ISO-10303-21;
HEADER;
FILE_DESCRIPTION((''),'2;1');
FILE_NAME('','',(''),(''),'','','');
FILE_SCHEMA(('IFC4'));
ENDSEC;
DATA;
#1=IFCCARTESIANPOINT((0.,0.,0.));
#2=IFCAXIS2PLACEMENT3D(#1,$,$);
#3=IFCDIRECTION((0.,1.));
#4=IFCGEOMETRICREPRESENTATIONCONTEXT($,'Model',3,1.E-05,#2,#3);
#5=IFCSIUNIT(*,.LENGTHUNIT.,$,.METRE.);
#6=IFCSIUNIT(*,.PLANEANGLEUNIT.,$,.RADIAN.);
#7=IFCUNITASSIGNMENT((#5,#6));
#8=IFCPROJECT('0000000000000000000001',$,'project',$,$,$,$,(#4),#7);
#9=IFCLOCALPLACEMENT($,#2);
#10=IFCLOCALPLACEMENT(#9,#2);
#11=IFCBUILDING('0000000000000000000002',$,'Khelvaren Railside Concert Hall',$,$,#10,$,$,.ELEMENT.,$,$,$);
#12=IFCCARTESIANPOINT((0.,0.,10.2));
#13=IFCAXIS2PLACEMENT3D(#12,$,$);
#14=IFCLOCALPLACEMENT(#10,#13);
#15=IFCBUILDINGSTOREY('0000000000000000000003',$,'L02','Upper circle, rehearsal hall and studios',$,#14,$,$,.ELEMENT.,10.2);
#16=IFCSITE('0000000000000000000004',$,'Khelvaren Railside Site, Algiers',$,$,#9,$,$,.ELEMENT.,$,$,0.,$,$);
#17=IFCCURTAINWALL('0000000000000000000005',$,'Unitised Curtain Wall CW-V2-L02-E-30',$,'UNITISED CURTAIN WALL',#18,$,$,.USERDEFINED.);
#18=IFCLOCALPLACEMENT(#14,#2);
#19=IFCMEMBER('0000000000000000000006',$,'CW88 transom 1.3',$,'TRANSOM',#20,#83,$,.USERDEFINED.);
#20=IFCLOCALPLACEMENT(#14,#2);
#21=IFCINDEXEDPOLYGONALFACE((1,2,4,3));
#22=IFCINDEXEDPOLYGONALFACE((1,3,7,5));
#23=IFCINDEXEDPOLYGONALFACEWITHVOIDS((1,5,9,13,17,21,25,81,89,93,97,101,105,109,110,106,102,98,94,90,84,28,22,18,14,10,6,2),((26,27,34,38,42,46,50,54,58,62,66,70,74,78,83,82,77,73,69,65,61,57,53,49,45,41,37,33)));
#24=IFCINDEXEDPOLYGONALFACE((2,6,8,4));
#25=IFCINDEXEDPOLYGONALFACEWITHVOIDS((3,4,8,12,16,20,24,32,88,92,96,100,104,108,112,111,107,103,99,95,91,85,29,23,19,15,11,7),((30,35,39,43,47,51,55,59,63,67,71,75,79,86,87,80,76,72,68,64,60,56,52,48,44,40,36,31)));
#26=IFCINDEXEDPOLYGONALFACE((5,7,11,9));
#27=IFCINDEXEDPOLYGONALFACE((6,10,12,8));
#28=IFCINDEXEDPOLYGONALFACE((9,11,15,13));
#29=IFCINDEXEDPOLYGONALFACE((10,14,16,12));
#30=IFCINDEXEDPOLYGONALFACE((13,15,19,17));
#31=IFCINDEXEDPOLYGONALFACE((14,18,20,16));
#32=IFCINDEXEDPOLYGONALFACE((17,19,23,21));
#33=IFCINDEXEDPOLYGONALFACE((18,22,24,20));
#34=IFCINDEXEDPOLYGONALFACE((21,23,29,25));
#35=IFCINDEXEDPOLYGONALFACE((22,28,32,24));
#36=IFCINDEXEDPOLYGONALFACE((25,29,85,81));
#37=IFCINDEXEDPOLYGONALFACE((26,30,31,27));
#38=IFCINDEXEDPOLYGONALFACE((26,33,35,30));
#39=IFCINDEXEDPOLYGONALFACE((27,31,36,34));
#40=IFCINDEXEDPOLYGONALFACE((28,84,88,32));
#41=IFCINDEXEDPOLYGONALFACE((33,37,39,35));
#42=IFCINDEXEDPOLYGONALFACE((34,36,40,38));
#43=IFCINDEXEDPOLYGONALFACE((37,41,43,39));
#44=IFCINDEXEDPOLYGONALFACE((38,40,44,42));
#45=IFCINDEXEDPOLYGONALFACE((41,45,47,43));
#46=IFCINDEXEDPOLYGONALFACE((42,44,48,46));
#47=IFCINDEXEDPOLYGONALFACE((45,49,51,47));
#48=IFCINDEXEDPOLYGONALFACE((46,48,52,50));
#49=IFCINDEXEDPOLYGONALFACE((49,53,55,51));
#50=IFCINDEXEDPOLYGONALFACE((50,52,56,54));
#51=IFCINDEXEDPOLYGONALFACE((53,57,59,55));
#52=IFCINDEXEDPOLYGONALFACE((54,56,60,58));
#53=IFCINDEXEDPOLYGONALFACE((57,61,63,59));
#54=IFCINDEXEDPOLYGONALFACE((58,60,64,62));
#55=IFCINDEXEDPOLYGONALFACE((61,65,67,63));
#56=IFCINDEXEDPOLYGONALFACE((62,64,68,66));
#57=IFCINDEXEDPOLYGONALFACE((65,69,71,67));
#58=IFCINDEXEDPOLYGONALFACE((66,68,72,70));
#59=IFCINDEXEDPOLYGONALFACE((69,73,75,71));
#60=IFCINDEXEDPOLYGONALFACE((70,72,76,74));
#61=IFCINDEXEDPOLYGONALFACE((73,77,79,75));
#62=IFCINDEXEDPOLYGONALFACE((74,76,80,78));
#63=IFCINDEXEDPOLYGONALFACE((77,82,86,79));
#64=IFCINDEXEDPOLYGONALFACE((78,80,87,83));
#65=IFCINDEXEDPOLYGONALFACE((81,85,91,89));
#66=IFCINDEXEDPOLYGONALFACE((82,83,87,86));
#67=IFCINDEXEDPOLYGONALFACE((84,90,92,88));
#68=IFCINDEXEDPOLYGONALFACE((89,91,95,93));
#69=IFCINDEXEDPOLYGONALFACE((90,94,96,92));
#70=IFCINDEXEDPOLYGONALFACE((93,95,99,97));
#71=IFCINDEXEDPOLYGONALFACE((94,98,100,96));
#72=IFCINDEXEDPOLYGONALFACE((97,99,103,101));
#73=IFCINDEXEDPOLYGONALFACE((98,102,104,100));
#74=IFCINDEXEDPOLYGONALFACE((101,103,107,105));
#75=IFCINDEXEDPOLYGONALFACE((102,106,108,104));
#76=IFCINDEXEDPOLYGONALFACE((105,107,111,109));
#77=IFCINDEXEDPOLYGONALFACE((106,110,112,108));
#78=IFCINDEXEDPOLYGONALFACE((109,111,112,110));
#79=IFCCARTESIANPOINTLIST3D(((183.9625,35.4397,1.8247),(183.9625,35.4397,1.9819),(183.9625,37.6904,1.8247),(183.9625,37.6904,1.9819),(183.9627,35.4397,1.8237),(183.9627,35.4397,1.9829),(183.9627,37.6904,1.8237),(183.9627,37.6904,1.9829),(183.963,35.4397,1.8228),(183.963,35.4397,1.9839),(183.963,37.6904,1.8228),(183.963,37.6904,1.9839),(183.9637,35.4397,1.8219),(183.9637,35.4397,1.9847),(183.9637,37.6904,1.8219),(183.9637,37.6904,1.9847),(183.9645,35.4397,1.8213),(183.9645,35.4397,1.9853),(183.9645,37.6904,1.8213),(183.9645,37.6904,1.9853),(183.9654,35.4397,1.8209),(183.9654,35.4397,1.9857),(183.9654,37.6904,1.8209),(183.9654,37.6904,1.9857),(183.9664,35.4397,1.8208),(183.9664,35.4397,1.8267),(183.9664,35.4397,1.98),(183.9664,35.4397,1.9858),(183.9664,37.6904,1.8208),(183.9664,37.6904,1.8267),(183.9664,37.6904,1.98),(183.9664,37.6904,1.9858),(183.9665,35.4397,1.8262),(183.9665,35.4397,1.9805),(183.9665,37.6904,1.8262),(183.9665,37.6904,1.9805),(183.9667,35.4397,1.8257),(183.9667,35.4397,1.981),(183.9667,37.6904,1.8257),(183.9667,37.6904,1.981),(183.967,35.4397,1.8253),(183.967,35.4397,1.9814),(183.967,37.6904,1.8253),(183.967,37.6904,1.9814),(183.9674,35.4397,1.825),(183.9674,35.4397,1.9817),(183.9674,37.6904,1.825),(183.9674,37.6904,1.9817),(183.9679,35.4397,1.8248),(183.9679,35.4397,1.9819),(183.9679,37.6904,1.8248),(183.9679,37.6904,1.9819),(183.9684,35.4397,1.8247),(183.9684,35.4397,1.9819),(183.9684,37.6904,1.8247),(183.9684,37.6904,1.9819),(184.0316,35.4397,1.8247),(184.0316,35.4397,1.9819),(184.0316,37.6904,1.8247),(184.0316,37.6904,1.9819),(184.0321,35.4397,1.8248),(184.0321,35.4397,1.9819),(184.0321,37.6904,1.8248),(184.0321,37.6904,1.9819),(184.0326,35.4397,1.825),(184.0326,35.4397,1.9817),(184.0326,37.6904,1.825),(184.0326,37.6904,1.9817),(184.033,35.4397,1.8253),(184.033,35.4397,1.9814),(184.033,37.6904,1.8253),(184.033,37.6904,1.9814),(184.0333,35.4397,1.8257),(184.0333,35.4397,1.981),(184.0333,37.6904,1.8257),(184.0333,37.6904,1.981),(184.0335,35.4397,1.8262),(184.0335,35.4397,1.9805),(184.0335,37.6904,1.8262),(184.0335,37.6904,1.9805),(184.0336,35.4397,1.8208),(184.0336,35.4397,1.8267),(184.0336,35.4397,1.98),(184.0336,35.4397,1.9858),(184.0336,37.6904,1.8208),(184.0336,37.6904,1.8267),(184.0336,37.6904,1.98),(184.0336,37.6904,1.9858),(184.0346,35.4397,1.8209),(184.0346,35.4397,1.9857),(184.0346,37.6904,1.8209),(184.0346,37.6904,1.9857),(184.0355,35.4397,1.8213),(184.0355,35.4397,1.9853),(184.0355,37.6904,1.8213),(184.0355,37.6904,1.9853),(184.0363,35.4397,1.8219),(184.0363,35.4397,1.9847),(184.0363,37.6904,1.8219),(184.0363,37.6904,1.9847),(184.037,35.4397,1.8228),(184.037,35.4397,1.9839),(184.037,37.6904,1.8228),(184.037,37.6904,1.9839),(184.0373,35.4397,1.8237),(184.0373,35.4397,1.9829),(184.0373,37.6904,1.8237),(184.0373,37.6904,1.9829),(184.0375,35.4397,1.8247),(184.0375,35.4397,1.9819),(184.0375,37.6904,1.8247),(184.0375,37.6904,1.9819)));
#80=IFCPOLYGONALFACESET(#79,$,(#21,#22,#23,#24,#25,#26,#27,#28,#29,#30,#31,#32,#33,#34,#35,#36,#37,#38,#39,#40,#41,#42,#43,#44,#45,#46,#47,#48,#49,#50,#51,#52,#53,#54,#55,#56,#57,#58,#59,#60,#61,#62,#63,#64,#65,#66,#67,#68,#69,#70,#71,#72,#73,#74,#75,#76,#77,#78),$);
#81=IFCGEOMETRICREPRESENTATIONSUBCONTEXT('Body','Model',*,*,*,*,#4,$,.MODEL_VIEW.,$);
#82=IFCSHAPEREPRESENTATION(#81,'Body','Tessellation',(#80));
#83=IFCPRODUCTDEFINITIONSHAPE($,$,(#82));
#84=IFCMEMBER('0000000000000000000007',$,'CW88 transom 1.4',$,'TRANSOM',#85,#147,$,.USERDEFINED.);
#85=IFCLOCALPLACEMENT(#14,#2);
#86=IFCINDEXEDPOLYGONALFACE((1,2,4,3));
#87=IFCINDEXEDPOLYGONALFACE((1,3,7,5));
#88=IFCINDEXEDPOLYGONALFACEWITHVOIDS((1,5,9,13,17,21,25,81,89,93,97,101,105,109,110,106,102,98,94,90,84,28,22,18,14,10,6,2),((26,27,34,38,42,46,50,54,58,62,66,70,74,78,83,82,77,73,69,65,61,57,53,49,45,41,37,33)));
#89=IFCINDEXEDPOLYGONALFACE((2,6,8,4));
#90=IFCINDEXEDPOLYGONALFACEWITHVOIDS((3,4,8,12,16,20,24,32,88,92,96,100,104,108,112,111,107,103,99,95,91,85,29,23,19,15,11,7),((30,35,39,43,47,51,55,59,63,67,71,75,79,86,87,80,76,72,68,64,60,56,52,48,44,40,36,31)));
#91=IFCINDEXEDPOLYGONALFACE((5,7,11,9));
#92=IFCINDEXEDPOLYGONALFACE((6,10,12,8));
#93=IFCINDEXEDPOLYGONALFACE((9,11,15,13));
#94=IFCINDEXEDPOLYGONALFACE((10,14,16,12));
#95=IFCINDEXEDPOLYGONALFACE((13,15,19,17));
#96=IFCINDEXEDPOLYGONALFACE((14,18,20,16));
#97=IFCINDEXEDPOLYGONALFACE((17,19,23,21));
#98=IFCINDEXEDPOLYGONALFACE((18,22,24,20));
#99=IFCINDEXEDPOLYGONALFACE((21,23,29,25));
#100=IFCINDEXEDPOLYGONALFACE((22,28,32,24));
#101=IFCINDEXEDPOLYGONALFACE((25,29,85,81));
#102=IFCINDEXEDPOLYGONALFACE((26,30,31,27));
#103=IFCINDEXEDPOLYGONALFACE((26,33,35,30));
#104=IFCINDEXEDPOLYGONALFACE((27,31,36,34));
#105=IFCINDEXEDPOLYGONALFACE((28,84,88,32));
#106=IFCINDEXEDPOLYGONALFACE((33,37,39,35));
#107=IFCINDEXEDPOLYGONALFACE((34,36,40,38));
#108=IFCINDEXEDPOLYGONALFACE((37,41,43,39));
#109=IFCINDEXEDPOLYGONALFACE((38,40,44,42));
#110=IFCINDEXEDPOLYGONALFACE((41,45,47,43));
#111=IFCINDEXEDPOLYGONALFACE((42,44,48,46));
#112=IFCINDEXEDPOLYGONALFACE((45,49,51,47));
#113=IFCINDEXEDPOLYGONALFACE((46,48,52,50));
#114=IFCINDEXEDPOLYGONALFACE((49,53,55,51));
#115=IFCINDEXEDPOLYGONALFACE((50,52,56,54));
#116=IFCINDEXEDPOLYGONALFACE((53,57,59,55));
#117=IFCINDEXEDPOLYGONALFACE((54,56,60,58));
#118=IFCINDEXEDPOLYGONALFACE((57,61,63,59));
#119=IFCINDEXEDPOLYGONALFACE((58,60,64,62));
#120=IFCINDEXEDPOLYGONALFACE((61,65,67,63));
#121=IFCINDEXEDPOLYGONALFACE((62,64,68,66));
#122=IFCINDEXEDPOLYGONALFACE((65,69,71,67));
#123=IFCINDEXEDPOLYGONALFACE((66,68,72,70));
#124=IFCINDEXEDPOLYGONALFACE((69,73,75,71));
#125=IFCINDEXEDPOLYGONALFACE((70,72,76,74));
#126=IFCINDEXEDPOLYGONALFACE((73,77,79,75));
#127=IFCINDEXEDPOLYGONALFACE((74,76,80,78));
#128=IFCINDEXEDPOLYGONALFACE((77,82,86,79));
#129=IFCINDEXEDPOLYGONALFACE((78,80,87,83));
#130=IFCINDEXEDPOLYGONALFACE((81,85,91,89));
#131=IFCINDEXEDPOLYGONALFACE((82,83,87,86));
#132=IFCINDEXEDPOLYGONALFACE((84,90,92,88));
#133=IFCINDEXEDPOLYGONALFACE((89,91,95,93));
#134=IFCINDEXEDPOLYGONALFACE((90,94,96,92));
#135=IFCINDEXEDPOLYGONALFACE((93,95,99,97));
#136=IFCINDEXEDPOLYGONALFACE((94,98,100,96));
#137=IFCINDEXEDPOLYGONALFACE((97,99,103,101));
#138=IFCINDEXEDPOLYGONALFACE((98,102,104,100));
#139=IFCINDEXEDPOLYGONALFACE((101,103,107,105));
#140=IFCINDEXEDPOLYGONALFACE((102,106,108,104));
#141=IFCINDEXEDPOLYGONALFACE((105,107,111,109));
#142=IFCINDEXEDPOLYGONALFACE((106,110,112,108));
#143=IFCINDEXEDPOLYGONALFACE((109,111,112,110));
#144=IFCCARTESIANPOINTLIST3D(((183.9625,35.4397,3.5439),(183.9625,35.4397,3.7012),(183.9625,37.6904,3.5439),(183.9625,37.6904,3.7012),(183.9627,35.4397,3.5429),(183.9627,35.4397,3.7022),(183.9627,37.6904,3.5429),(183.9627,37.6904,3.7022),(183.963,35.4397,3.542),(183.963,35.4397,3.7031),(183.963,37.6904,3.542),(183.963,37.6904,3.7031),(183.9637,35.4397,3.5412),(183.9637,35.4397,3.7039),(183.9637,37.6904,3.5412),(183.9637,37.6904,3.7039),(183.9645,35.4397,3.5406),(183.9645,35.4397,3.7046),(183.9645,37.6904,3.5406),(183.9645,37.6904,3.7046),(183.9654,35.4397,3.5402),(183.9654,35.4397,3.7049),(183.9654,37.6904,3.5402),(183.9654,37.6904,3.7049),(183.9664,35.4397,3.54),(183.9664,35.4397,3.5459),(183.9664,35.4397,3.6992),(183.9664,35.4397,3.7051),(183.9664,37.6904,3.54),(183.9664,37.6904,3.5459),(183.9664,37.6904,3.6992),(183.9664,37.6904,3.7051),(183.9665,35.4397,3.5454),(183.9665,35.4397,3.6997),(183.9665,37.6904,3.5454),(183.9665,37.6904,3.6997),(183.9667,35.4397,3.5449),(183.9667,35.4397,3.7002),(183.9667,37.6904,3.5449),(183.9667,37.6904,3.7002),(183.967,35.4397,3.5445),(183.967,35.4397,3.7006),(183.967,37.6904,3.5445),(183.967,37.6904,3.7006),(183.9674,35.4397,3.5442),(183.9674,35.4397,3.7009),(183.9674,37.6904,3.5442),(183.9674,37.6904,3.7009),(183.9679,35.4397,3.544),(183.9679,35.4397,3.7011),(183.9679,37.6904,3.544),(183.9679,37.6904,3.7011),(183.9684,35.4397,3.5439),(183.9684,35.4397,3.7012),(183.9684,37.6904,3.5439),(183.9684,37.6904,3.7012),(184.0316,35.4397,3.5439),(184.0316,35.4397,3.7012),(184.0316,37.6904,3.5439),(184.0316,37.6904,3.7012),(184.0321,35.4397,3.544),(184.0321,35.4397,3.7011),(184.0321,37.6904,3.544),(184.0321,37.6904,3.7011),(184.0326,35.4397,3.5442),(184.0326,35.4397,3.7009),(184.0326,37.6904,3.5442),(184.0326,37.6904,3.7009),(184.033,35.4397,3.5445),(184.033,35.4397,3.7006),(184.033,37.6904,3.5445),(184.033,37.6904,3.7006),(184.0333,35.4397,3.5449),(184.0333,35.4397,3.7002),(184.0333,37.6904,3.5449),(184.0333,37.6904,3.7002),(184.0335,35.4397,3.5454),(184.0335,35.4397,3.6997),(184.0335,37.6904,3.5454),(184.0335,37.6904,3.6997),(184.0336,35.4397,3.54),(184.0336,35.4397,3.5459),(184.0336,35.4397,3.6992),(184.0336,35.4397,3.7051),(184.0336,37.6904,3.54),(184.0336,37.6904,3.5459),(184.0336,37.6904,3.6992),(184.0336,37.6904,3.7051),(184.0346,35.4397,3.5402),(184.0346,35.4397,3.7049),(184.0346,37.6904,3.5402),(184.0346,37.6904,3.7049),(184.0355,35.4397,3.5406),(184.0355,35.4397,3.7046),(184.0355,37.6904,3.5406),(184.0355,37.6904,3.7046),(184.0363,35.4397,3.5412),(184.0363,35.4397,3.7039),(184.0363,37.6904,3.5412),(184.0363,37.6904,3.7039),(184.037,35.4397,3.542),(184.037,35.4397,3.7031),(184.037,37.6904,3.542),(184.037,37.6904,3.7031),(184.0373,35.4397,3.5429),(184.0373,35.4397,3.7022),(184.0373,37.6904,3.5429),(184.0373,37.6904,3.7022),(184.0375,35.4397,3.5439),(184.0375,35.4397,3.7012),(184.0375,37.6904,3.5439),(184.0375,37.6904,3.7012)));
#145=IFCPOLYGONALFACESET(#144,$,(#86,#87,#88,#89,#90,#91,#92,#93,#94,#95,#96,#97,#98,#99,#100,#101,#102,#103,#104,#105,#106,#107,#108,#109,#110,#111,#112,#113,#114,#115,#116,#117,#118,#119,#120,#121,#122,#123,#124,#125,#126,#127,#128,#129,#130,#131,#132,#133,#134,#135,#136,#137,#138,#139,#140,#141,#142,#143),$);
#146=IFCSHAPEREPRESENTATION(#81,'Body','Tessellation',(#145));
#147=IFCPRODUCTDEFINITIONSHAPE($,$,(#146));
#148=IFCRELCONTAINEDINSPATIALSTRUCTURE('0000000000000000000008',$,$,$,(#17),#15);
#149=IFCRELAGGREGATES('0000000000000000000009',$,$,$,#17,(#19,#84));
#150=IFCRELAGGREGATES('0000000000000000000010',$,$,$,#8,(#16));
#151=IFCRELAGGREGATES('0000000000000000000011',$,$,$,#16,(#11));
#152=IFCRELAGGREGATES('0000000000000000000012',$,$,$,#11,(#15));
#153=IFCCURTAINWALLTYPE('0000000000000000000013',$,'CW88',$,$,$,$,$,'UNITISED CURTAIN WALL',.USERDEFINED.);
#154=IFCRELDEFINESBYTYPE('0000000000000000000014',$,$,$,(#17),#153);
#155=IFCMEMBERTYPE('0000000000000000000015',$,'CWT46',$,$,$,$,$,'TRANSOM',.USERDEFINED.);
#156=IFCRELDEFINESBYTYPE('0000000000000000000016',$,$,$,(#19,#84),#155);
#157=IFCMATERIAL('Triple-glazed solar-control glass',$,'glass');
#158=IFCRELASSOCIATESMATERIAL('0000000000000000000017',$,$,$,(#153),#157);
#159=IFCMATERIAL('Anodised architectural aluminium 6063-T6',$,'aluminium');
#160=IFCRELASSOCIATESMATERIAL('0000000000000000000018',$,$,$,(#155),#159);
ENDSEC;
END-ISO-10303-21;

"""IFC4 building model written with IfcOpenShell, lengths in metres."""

from ifc_helpers import new_model, si_unit, direction, frame, origin, origin_2d, place, context, subcontext, project, spatial, hollow_rectangle, extrude, material, material_profile, profile_set, type_object, element, aggregate, save


model = new_model("IFC4")

# Units and contexts
model_context = context("Model", 3, precision=1e-05, world=origin(), true_north=direction((0.0, 1.0)))
body_context = subcontext(model_context, "Body", "Model", "MODEL_VIEW")
ifc_project = project(units=[si_unit("LENGTHUNIT", "METRE"), si_unit("PLANEANGLEUNIT", "RADIAN")], contexts=[model_context])

# Site, building, storey
site_placement = place(None, origin())
site = spatial("IfcSite", under=ifc_project, at=site_placement, Name="Khelvaren Railside Site, Algiers", CompositionType="ELEMENT", RefElevation=0.0)
building_placement = place(site_placement, origin())
building = spatial("IfcBuilding", under=site, at=building_placement, Name="Khelvaren Railside Concert Hall", CompositionType="ELEMENT")
storey_placement = place(building_placement, frame((0.0, 0.0, 10.2)))
storey = spatial("IfcBuildingStorey", under=building, at=storey_placement, Name="L02", Description="Upper circle, rehearsal hall and studios", CompositionType="ELEMENT", Elevation=10.2)

# Curtain wall, members
ifc_material_1 = material(Name="Anodised architectural aluminium 6063-T6", Category="aluminium")
ifc_material_2 = material(Name="Triple-glazed solar-control glass", Category="glass")
curtain_wall_type_1 = type_object("IfcCurtainWallType", Name="CW88", ElementType="UNITISED CURTAIN WALL", PredefinedType="USERDEFINED", material=ifc_material_2)
curtain_wall_1_placement = place(storey_placement, origin())
curtain_wall_1 = element("IfcCurtainWall", 1, at=curtain_wall_1_placement, inside=storey, type_object=curtain_wall_type_1, Name="Unitised Curtain Wall CW-V2-L02-E-30", ObjectType="UNITISED CURTAIN WALL", PredefinedType="USERDEFINED")
ifc_material_profile_1 = material_profile(ifc_material_1, hollow_rectangle(XDim=0.075, YDim=0.165, WallThickness=0.0039, InnerFilletRadius=0.002, OuterFilletRadius=0.0039, at=origin_2d()), Name="CWT 75x165x4")
ifc_profile_set_1 = profile_set([ifc_material_profile_1], Name="Anodised architectural aluminium 6063-T6")
member_type_1 = type_object("IfcMemberType", Name="CWT46", ElementType="TRANSOM", PredefinedType="USERDEFINED", material=ifc_profile_set_1)
member_1_placement = place(storey_placement, frame((184.0, 37.6904, 1.9033), z_axis=(0.0, -1.0, 0.0), x_axis=(1.0, 0.0, 0.0)))
member_1 = element("IfcMember", 2, at=member_1_placement, type_object=member_type_1, Name="CW88 transom 1.3", ObjectType="TRANSOM", PredefinedType="USERDEFINED", context=body_context, shape_type="SweptSolid", body=[
    extrude(hollow_rectangle(XDim=0.075, YDim=0.165, WallThickness=0.0039, InnerFilletRadius=0.002, OuterFilletRadius=0.0039, at=origin_2d()), origin(), (0.0, 0.0, 1.0), 2.2507),
])
member_2_placement = place(storey_placement, frame((184.0, 37.6904, 3.6226), z_axis=(0.0, -1.0, 0.0), x_axis=(1.0, 0.0, 0.0)))
member_2 = element("IfcMember", 3, at=member_2_placement, type_object=member_type_1, Name="CW88 transom 1.4", ObjectType="TRANSOM", PredefinedType="USERDEFINED", context=body_context, shape_type="SweptSolid", body=[
    extrude(hollow_rectangle(XDim=0.075, YDim=0.165, WallThickness=0.0039, InnerFilletRadius=0.002, OuterFilletRadius=0.0039, at=origin_2d()), origin(), (0.0, 0.0, 1.0), 2.2507),
])

aggregate(curtain_wall_1, [member_1, member_2])

save(model, "model.ifc")
